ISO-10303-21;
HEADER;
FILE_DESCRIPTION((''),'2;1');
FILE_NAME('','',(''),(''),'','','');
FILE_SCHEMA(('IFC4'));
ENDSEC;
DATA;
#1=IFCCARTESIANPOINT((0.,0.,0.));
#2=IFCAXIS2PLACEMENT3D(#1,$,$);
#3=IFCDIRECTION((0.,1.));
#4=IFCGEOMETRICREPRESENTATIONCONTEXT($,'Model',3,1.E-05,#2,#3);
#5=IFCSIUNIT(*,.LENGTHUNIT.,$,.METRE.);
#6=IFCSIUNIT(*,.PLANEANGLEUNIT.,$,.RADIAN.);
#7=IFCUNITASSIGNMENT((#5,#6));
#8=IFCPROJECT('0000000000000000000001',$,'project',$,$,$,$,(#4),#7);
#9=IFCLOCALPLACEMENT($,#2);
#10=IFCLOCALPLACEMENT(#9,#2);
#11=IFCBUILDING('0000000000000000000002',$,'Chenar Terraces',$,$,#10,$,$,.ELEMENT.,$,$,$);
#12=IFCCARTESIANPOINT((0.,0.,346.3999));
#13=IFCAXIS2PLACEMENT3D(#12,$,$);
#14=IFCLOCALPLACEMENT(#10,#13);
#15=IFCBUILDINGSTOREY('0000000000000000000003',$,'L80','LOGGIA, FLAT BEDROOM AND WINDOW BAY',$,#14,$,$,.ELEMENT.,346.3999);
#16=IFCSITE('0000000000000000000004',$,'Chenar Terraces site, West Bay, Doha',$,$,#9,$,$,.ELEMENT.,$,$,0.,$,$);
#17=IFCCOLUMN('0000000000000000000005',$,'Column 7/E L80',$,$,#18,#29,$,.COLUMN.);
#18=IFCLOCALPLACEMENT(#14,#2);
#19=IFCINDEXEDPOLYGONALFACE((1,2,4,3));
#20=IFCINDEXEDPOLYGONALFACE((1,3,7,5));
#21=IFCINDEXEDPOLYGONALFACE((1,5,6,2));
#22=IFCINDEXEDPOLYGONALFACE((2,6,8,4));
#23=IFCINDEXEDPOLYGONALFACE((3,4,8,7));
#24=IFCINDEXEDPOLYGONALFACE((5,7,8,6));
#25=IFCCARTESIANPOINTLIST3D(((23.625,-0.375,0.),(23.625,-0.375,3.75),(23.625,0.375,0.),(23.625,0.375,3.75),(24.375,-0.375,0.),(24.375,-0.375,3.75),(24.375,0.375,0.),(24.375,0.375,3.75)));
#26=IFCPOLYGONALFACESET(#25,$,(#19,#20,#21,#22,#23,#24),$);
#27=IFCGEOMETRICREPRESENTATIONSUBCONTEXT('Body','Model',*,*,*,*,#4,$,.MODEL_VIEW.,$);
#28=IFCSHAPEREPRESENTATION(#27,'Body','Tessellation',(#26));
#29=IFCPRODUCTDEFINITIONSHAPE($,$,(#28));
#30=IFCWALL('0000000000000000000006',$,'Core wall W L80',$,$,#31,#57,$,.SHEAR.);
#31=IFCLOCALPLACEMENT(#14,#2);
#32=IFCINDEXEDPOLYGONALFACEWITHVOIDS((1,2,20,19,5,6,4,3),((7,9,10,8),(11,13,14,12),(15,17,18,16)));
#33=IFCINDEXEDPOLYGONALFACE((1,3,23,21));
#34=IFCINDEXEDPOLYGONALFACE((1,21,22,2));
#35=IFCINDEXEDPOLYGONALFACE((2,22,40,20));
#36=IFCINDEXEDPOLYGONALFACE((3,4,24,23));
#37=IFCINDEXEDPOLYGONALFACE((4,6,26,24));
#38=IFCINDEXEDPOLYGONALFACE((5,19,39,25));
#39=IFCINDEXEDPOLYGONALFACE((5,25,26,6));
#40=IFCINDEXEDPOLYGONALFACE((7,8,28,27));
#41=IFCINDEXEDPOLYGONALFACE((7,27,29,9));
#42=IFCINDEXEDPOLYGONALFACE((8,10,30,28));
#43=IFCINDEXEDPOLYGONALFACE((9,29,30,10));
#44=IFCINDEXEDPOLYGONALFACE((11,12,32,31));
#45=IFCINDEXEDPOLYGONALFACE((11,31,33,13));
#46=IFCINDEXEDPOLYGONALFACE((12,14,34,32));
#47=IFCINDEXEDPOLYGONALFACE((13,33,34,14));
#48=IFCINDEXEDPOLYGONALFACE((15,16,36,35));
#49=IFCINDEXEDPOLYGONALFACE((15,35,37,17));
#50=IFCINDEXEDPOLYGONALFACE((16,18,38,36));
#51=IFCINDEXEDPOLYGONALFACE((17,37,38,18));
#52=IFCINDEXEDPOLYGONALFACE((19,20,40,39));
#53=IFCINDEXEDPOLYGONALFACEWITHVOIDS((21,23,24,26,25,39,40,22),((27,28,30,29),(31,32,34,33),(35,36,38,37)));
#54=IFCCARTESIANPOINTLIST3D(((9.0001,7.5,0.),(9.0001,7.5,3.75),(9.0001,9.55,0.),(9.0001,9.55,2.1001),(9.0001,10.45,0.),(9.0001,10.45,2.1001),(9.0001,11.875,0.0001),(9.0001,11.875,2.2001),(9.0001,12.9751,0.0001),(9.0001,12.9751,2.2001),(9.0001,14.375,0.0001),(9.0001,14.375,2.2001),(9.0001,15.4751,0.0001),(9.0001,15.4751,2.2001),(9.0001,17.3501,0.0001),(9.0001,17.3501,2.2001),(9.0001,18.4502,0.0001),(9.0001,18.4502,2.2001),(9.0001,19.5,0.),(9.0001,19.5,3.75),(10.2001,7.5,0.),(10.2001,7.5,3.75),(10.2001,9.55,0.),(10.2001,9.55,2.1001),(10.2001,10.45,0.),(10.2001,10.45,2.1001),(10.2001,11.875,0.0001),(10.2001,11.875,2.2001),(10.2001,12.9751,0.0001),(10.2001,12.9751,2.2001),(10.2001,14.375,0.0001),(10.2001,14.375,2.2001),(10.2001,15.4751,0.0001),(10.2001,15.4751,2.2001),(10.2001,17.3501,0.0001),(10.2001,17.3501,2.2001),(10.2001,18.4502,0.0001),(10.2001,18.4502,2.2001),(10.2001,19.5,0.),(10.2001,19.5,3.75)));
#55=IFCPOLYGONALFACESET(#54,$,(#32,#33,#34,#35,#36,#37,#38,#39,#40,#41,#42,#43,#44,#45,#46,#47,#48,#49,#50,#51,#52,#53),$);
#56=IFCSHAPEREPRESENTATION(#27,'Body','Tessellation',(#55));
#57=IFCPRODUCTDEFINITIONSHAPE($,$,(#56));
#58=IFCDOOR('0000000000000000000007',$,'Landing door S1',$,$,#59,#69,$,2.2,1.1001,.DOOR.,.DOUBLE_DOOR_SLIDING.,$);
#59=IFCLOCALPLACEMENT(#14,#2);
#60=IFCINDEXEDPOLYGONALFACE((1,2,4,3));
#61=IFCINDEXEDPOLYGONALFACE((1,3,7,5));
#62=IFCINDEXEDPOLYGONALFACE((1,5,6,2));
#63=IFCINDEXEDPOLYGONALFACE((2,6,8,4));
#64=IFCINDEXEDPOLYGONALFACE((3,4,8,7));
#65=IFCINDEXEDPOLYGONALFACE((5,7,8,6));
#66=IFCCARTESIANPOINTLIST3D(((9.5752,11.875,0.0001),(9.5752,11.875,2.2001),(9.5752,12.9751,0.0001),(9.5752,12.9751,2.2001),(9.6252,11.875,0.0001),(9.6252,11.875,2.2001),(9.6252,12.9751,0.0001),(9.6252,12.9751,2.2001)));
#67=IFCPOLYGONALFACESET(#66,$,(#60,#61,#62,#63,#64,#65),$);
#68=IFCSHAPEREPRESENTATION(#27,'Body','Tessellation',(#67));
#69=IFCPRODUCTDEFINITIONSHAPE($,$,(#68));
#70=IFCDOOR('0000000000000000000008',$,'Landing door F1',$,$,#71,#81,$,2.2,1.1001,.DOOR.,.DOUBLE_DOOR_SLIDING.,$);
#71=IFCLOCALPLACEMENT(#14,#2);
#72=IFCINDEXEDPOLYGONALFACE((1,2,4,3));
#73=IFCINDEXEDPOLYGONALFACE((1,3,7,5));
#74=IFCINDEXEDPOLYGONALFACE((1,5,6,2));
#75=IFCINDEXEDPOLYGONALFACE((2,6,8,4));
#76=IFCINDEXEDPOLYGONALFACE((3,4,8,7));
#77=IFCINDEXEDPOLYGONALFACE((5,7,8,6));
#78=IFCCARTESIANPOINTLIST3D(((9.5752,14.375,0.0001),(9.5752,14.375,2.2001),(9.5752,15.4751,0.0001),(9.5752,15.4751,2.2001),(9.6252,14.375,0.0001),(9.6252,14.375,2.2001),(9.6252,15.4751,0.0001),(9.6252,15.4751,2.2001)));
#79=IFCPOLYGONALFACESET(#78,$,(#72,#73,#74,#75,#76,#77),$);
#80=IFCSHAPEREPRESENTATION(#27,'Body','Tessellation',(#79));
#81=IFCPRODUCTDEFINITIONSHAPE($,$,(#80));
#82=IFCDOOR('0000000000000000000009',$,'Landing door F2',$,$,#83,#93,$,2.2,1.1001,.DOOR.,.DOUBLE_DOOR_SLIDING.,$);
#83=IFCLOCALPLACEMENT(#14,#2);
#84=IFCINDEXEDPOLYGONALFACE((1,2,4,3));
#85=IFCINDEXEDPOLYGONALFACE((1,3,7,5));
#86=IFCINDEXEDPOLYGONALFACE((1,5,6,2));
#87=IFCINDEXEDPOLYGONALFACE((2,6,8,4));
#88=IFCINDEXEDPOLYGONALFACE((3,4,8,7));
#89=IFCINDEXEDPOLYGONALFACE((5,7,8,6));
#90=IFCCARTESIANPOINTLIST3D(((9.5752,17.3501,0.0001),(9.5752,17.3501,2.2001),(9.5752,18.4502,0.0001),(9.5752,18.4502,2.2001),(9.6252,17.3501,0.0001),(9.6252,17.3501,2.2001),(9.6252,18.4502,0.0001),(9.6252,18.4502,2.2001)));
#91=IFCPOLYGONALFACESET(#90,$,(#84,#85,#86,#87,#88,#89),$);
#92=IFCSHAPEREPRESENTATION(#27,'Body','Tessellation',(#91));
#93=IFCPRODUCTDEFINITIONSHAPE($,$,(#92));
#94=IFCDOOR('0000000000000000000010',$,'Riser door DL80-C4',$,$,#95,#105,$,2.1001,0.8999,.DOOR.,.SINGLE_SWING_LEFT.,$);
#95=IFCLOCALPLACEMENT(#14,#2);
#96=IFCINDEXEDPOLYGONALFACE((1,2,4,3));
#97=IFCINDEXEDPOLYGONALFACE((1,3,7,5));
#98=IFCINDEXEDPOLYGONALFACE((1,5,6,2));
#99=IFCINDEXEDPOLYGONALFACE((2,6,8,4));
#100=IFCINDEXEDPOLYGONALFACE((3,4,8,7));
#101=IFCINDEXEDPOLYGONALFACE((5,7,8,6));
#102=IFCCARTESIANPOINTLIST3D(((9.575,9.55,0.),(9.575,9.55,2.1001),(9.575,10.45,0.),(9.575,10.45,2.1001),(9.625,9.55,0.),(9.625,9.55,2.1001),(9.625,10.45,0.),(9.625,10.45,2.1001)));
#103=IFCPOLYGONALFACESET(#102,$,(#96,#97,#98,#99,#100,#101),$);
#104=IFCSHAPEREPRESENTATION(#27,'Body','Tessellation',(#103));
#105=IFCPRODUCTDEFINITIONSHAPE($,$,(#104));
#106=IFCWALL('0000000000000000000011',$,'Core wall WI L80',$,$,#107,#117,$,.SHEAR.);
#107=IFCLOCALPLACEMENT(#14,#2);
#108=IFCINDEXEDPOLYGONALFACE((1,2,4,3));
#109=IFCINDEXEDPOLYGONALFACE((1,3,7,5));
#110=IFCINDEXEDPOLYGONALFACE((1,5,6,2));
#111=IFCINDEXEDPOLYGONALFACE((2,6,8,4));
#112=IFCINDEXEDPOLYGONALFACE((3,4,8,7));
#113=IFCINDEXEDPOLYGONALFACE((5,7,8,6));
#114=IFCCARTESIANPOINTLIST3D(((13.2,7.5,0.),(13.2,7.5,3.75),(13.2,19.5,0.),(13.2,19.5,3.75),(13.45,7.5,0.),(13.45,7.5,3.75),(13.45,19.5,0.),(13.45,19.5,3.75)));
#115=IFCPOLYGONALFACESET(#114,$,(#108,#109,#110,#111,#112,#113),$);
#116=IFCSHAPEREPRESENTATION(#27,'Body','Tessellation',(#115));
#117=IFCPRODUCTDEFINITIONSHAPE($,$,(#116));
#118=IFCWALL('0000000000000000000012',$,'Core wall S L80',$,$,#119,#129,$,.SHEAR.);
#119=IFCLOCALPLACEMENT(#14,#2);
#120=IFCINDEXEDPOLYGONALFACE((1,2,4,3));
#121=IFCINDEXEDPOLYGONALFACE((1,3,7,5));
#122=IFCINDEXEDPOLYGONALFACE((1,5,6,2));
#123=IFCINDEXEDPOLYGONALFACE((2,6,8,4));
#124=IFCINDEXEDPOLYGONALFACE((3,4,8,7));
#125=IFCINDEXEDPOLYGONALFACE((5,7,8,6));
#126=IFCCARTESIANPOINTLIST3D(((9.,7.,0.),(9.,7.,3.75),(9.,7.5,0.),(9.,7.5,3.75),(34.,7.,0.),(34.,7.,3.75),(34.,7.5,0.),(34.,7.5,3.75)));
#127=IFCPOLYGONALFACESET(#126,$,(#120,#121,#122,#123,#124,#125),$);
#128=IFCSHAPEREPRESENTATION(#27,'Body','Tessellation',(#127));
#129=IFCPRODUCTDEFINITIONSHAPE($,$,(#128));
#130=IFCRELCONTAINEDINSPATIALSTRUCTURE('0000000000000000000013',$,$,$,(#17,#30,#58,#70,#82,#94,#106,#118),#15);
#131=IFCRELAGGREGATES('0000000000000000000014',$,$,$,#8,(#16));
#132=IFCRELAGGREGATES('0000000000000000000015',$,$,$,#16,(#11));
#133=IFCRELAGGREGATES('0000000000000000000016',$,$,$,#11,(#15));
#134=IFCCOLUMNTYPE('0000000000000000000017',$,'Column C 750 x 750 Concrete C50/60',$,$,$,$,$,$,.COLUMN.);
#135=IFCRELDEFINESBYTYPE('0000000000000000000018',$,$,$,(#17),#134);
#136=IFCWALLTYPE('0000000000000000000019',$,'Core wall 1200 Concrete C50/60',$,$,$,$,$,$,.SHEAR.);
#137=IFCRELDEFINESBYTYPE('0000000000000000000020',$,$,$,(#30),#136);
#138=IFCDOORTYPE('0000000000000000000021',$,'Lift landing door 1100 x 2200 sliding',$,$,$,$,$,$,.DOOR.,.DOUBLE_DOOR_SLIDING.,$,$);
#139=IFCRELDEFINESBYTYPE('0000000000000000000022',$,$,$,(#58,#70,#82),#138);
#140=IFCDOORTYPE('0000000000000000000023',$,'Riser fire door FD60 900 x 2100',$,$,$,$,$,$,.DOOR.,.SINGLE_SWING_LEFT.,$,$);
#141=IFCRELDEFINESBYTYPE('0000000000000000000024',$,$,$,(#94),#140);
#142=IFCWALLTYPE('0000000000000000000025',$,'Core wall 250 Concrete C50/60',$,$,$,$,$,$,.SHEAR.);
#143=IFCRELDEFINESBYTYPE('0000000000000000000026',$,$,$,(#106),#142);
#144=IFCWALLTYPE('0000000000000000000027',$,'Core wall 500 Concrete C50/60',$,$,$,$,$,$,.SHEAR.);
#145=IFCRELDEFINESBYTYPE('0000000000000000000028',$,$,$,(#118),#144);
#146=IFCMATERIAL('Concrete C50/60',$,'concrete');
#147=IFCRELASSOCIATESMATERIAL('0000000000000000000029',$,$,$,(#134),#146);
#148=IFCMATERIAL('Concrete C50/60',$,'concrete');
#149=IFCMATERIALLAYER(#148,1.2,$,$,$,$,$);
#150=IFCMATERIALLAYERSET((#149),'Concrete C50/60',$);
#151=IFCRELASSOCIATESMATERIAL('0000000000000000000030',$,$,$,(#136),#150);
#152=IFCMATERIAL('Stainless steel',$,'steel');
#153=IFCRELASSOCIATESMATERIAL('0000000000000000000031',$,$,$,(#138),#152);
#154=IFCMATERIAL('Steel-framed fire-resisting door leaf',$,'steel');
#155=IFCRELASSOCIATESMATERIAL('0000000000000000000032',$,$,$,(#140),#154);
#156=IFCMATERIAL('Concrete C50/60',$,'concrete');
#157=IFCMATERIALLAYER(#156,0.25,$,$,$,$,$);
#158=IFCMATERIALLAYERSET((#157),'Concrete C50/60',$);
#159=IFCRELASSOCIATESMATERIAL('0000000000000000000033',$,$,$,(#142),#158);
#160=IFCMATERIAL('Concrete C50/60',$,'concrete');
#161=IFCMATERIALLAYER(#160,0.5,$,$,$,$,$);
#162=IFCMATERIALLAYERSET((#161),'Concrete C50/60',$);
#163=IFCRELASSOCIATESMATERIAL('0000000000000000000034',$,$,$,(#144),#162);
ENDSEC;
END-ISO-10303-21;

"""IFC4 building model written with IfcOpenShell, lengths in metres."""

from ifc_helpers import new_model, si_unit, direction, frame, frame_2d, origin, origin_2d, place, context, subcontext, project, spatial, rectangle, extrude, material, layer, layer_set, material_profile, profile_set, type_object, element, fill, save


model = new_model("IFC4")

# Units and contexts
model_context = context("Model", 3, precision=1e-05, world=origin(), true_north=direction((0.0, 1.0)))
body_context = subcontext(model_context, "Body", "Model", "MODEL_VIEW")
ifc_project = project(units=[si_unit("LENGTHUNIT", "METRE"), si_unit("PLANEANGLEUNIT", "RADIAN")], contexts=[model_context])

# Site, building, storey
site_placement = place(None, origin())
site = spatial("IfcSite", under=ifc_project, at=site_placement, Name="Chenar Terraces site, West Bay, Doha", CompositionType="ELEMENT", RefElevation=0.0)
building_placement = place(site_placement, origin())
building = spatial("IfcBuilding", under=site, at=building_placement, Name="Chenar Terraces", CompositionType="ELEMENT")
storey_placement = place(building_placement, frame((0.0, 0.0, 346.3999)))
storey = spatial("IfcBuildingStorey", under=building, at=storey_placement, Name="L80", Description="LOGGIA, FLAT BEDROOM AND WINDOW BAY", CompositionType="ELEMENT", Elevation=346.3999)

# Column
ifc_material_1 = material(Name="Concrete C50/60", Category="concrete")
ifc_material_profile_1 = material_profile(ifc_material_1, rectangle(XDim=0.75, YDim=0.75, at=origin_2d()), Name="C 750 x 750")
ifc_profile_set_1 = profile_set([ifc_material_profile_1], Name="Concrete C50/60")
column_type = type_object("IfcColumnType", Name="Column C 750 x 750 Concrete C50/60", PredefinedType="COLUMN", material=ifc_profile_set_1)
column_placement = place(storey_placement, frame((24.0, 0.0, 0.0), z_axis=(0.0, 0.0, 1.0), x_axis=(1.0, 0.0, 0.0)))
element("IfcColumn", 1, at=column_placement, inside=storey, type_object=column_type, Name="Column 7/E L80", PredefinedType="COLUMN", context=body_context, shape_type="SweptSolid", body=[
    extrude(rectangle(XDim=0.75, YDim=0.75, at=origin_2d()), origin(), (0.0, 0.0, 1.0), 3.75),
])

# Wall, openings, doors
ifc_material_2 = material(Name="Concrete C50/60", Category="concrete")
ifc_layer_1 = layer(ifc_material_2, 1.2)
ifc_layer_set_1 = layer_set([ifc_layer_1], Name="Concrete C50/60")
wall_type_1 = type_object("IfcWallType", Name="Core wall 1200 Concrete C50/60", PredefinedType="SHEAR", material=ifc_layer_set_1)
wall_1_placement = place(storey_placement, frame((9.6001, 7.5, 0.0), z_axis=(0.0, 0.0, 1.0), x_axis=(0.0, 1.0, 0.0)))
wall_1 = element("IfcWall", 2, at=wall_1_placement, inside=storey, type_object=wall_type_1, Name="Core wall W L80", PredefinedType="SHEAR", context=body_context, shape_type="SweptSolid", body=[
    extrude(rectangle(XDim=12.0, YDim=1.2, at=frame_2d((6.0, 0.0))), origin(), (0.0, 0.0, 1.0), 3.75),
])
opening_1_placement = place(wall_1_placement, frame((4.375, 0.0, 0.0)))
opening_1 = element("IfcOpeningElement", 3, at=opening_1_placement, cuts=wall_1, PredefinedType="OPENING", context=body_context, shape_type="SweptSolid", body=[
    extrude(rectangle(XDim=1.1001, YDim=2.2, at=frame_2d((0.55, 1.1001))), frame((0.0, 0.6099, 0.0), z_axis=(0.0, -1.0, 0.0), x_axis=(1.0, 0.0, 0.0)), (0.0, 0.0, 1.0), 1.22),
])
opening_2_placement = place(wall_1_placement, frame((6.875, 0.0, 0.0)))
opening_2 = element("IfcOpeningElement", 4, at=opening_2_placement, cuts=wall_1, PredefinedType="OPENING", context=body_context, shape_type="SweptSolid", body=[
    extrude(rectangle(XDim=1.1001, YDim=2.2, at=frame_2d((0.55, 1.1001))), frame((0.0, 0.6099, 0.0), z_axis=(0.0, -1.0, 0.0), x_axis=(1.0, 0.0, 0.0)), (0.0, 0.0, 1.0), 1.22),
])
opening_3_placement = place(wall_1_placement, frame((9.8501, 0.0, 0.0)))
opening_3 = element("IfcOpeningElement", 5, at=opening_3_placement, cuts=wall_1, PredefinedType="OPENING", context=body_context, shape_type="SweptSolid", body=[
    extrude(rectangle(XDim=1.1001, YDim=2.2, at=frame_2d((0.55, 1.1001))), frame((0.0, 0.6099, 0.0), z_axis=(0.0, -1.0, 0.0), x_axis=(1.0, 0.0, 0.0)), (0.0, 0.0, 1.0), 1.22),
])
opening_4_placement = place(wall_1_placement, frame((2.05, 0.0, 0.0)))
opening_4 = element("IfcOpeningElement", 6, at=opening_4_placement, cuts=wall_1, PredefinedType="OPENING", context=body_context, shape_type="SweptSolid", body=[
    extrude(rectangle(XDim=0.8999, YDim=2.1001, at=frame_2d((0.45, 1.05))), frame((0.0, 0.6099, 0.0), z_axis=(0.0, -1.0, 0.0), x_axis=(1.0, 0.0, 0.0)), (0.0, 0.0, 1.0), 1.22),
])
ifc_material_3 = material(Name="Stainless steel", Category="steel")
door_type_1 = type_object("IfcDoorType", Name="Lift landing door 1100 x 2200 sliding", OperationType="DOUBLE_DOOR_SLIDING", PredefinedType="DOOR", material=ifc_material_3)
door_1_placement = place(opening_1_placement, origin())
door_1 = element("IfcDoor", 7, at=door_1_placement, inside=storey, type_object=door_type_1, Name="Landing door S1", OperationType="DOUBLE_DOOR_SLIDING", OverallHeight=2.2, OverallWidth=1.1001, PredefinedType="DOOR", context=body_context, shape_type="SweptSolid", body=[
    extrude(rectangle(XDim=1.1001, YDim=2.2, at=frame_2d((0.55, 1.1001))), frame((0.0, 0.0249, 0.0), z_axis=(0.0, -1.0, 0.0), x_axis=(1.0, 0.0, 0.0)), (0.0, 0.0, 1.0), 0.05),
])
fill(opening_1, door_1)
door_2_placement = place(opening_2_placement, origin())
door_2 = element("IfcDoor", 8, at=door_2_placement, inside=storey, type_object=door_type_1, Name="Landing door F1", OperationType="DOUBLE_DOOR_SLIDING", OverallHeight=2.2, OverallWidth=1.1001, PredefinedType="DOOR", context=body_context, shape_type="SweptSolid", body=[
    extrude(rectangle(XDim=1.1001, YDim=2.2, at=frame_2d((0.55, 1.1001))), frame((0.0, 0.0249, 0.0), z_axis=(0.0, -1.0, 0.0), x_axis=(1.0, 0.0, 0.0)), (0.0, 0.0, 1.0), 0.05),
])
fill(opening_2, door_2)
door_3_placement = place(opening_3_placement, origin())
door_3 = element("IfcDoor", 9, at=door_3_placement, inside=storey, type_object=door_type_1, Name="Landing door F2", OperationType="DOUBLE_DOOR_SLIDING", OverallHeight=2.2, OverallWidth=1.1001, PredefinedType="DOOR", context=body_context, shape_type="SweptSolid", body=[
    extrude(rectangle(XDim=1.1001, YDim=2.2, at=frame_2d((0.55, 1.1001))), frame((0.0, 0.0249, 0.0), z_axis=(0.0, -1.0, 0.0), x_axis=(1.0, 0.0, 0.0)), (0.0, 0.0, 1.0), 0.05),
])
fill(opening_3, door_3)
ifc_material_4 = material(Name="Steel-framed fire-resisting door leaf", Category="steel")
door_type_2 = type_object("IfcDoorType", Name="Riser fire door FD60 900 x 2100", OperationType="SINGLE_SWING_LEFT", PredefinedType="DOOR", material=ifc_material_4)
door_4_placement = place(opening_4_placement, frame((0.8999, 0.0, 0.0), z_axis=(0.0, 0.0, 1.0), x_axis=(-1.0, 0.0, 0.0)))
door_4 = element("IfcDoor", 10, at=door_4_placement, inside=storey, type_object=door_type_2, Name="Riser door DL80-C4", OperationType="SINGLE_SWING_LEFT", OverallHeight=2.1001, OverallWidth=0.8999, PredefinedType="DOOR", context=body_context, shape_type="SweptSolid", body=[
    extrude(rectangle(XDim=0.8999, YDim=2.1001, at=frame_2d((0.45, 1.05))), frame((0.0, 0.0249, 0.0), z_axis=(0.0, -1.0, 0.0), x_axis=(1.0, 0.0, 0.0)), (0.0, 0.0, 1.0), 0.05),
])
fill(opening_4, door_4)

# Walls
ifc_material_5 = material(Name="Concrete C50/60", Category="concrete")
ifc_layer_2 = layer(ifc_material_5, 0.25)
ifc_layer_set_2 = layer_set([ifc_layer_2], Name="Concrete C50/60")
wall_type_2 = type_object("IfcWallType", Name="Core wall 250 Concrete C50/60", PredefinedType="SHEAR", material=ifc_layer_set_2)
wall_2_placement = place(storey_placement, frame((13.325, 7.5, 0.0), z_axis=(0.0, 0.0, 1.0), x_axis=(0.0, 1.0, 0.0)))
element("IfcWall", 11, at=wall_2_placement, inside=storey, type_object=wall_type_2, Name="Core wall WI L80", PredefinedType="SHEAR", context=body_context, shape_type="SweptSolid", body=[
    extrude(rectangle(XDim=12.0, YDim=0.25, at=frame_2d((6.0, 0.0))), origin(), (0.0, 0.0, 1.0), 3.75),
])
ifc_material_6 = material(Name="Concrete C50/60", Category="concrete")
ifc_layer_3 = layer(ifc_material_6, 0.5)
ifc_layer_set_3 = layer_set([ifc_layer_3], Name="Concrete C50/60")
wall_type_3 = type_object("IfcWallType", Name="Core wall 500 Concrete C50/60", PredefinedType="SHEAR", material=ifc_layer_set_3)
wall_3_placement = place(storey_placement, frame((9.0, 7.25, 0.0), z_axis=(0.0, 0.0, 1.0), x_axis=(1.0, 0.0, 0.0)))
element("IfcWall", 12, at=wall_3_placement, inside=storey, type_object=wall_type_3, Name="Core wall S L80", PredefinedType="SHEAR", context=body_context, shape_type="SweptSolid", body=[
    extrude(rectangle(XDim=25.0, YDim=0.5, at=frame_2d((12.5, 0.0))), origin(), (0.0, 0.0, 1.0), 3.75),
])

save(model, "model.ifc")
